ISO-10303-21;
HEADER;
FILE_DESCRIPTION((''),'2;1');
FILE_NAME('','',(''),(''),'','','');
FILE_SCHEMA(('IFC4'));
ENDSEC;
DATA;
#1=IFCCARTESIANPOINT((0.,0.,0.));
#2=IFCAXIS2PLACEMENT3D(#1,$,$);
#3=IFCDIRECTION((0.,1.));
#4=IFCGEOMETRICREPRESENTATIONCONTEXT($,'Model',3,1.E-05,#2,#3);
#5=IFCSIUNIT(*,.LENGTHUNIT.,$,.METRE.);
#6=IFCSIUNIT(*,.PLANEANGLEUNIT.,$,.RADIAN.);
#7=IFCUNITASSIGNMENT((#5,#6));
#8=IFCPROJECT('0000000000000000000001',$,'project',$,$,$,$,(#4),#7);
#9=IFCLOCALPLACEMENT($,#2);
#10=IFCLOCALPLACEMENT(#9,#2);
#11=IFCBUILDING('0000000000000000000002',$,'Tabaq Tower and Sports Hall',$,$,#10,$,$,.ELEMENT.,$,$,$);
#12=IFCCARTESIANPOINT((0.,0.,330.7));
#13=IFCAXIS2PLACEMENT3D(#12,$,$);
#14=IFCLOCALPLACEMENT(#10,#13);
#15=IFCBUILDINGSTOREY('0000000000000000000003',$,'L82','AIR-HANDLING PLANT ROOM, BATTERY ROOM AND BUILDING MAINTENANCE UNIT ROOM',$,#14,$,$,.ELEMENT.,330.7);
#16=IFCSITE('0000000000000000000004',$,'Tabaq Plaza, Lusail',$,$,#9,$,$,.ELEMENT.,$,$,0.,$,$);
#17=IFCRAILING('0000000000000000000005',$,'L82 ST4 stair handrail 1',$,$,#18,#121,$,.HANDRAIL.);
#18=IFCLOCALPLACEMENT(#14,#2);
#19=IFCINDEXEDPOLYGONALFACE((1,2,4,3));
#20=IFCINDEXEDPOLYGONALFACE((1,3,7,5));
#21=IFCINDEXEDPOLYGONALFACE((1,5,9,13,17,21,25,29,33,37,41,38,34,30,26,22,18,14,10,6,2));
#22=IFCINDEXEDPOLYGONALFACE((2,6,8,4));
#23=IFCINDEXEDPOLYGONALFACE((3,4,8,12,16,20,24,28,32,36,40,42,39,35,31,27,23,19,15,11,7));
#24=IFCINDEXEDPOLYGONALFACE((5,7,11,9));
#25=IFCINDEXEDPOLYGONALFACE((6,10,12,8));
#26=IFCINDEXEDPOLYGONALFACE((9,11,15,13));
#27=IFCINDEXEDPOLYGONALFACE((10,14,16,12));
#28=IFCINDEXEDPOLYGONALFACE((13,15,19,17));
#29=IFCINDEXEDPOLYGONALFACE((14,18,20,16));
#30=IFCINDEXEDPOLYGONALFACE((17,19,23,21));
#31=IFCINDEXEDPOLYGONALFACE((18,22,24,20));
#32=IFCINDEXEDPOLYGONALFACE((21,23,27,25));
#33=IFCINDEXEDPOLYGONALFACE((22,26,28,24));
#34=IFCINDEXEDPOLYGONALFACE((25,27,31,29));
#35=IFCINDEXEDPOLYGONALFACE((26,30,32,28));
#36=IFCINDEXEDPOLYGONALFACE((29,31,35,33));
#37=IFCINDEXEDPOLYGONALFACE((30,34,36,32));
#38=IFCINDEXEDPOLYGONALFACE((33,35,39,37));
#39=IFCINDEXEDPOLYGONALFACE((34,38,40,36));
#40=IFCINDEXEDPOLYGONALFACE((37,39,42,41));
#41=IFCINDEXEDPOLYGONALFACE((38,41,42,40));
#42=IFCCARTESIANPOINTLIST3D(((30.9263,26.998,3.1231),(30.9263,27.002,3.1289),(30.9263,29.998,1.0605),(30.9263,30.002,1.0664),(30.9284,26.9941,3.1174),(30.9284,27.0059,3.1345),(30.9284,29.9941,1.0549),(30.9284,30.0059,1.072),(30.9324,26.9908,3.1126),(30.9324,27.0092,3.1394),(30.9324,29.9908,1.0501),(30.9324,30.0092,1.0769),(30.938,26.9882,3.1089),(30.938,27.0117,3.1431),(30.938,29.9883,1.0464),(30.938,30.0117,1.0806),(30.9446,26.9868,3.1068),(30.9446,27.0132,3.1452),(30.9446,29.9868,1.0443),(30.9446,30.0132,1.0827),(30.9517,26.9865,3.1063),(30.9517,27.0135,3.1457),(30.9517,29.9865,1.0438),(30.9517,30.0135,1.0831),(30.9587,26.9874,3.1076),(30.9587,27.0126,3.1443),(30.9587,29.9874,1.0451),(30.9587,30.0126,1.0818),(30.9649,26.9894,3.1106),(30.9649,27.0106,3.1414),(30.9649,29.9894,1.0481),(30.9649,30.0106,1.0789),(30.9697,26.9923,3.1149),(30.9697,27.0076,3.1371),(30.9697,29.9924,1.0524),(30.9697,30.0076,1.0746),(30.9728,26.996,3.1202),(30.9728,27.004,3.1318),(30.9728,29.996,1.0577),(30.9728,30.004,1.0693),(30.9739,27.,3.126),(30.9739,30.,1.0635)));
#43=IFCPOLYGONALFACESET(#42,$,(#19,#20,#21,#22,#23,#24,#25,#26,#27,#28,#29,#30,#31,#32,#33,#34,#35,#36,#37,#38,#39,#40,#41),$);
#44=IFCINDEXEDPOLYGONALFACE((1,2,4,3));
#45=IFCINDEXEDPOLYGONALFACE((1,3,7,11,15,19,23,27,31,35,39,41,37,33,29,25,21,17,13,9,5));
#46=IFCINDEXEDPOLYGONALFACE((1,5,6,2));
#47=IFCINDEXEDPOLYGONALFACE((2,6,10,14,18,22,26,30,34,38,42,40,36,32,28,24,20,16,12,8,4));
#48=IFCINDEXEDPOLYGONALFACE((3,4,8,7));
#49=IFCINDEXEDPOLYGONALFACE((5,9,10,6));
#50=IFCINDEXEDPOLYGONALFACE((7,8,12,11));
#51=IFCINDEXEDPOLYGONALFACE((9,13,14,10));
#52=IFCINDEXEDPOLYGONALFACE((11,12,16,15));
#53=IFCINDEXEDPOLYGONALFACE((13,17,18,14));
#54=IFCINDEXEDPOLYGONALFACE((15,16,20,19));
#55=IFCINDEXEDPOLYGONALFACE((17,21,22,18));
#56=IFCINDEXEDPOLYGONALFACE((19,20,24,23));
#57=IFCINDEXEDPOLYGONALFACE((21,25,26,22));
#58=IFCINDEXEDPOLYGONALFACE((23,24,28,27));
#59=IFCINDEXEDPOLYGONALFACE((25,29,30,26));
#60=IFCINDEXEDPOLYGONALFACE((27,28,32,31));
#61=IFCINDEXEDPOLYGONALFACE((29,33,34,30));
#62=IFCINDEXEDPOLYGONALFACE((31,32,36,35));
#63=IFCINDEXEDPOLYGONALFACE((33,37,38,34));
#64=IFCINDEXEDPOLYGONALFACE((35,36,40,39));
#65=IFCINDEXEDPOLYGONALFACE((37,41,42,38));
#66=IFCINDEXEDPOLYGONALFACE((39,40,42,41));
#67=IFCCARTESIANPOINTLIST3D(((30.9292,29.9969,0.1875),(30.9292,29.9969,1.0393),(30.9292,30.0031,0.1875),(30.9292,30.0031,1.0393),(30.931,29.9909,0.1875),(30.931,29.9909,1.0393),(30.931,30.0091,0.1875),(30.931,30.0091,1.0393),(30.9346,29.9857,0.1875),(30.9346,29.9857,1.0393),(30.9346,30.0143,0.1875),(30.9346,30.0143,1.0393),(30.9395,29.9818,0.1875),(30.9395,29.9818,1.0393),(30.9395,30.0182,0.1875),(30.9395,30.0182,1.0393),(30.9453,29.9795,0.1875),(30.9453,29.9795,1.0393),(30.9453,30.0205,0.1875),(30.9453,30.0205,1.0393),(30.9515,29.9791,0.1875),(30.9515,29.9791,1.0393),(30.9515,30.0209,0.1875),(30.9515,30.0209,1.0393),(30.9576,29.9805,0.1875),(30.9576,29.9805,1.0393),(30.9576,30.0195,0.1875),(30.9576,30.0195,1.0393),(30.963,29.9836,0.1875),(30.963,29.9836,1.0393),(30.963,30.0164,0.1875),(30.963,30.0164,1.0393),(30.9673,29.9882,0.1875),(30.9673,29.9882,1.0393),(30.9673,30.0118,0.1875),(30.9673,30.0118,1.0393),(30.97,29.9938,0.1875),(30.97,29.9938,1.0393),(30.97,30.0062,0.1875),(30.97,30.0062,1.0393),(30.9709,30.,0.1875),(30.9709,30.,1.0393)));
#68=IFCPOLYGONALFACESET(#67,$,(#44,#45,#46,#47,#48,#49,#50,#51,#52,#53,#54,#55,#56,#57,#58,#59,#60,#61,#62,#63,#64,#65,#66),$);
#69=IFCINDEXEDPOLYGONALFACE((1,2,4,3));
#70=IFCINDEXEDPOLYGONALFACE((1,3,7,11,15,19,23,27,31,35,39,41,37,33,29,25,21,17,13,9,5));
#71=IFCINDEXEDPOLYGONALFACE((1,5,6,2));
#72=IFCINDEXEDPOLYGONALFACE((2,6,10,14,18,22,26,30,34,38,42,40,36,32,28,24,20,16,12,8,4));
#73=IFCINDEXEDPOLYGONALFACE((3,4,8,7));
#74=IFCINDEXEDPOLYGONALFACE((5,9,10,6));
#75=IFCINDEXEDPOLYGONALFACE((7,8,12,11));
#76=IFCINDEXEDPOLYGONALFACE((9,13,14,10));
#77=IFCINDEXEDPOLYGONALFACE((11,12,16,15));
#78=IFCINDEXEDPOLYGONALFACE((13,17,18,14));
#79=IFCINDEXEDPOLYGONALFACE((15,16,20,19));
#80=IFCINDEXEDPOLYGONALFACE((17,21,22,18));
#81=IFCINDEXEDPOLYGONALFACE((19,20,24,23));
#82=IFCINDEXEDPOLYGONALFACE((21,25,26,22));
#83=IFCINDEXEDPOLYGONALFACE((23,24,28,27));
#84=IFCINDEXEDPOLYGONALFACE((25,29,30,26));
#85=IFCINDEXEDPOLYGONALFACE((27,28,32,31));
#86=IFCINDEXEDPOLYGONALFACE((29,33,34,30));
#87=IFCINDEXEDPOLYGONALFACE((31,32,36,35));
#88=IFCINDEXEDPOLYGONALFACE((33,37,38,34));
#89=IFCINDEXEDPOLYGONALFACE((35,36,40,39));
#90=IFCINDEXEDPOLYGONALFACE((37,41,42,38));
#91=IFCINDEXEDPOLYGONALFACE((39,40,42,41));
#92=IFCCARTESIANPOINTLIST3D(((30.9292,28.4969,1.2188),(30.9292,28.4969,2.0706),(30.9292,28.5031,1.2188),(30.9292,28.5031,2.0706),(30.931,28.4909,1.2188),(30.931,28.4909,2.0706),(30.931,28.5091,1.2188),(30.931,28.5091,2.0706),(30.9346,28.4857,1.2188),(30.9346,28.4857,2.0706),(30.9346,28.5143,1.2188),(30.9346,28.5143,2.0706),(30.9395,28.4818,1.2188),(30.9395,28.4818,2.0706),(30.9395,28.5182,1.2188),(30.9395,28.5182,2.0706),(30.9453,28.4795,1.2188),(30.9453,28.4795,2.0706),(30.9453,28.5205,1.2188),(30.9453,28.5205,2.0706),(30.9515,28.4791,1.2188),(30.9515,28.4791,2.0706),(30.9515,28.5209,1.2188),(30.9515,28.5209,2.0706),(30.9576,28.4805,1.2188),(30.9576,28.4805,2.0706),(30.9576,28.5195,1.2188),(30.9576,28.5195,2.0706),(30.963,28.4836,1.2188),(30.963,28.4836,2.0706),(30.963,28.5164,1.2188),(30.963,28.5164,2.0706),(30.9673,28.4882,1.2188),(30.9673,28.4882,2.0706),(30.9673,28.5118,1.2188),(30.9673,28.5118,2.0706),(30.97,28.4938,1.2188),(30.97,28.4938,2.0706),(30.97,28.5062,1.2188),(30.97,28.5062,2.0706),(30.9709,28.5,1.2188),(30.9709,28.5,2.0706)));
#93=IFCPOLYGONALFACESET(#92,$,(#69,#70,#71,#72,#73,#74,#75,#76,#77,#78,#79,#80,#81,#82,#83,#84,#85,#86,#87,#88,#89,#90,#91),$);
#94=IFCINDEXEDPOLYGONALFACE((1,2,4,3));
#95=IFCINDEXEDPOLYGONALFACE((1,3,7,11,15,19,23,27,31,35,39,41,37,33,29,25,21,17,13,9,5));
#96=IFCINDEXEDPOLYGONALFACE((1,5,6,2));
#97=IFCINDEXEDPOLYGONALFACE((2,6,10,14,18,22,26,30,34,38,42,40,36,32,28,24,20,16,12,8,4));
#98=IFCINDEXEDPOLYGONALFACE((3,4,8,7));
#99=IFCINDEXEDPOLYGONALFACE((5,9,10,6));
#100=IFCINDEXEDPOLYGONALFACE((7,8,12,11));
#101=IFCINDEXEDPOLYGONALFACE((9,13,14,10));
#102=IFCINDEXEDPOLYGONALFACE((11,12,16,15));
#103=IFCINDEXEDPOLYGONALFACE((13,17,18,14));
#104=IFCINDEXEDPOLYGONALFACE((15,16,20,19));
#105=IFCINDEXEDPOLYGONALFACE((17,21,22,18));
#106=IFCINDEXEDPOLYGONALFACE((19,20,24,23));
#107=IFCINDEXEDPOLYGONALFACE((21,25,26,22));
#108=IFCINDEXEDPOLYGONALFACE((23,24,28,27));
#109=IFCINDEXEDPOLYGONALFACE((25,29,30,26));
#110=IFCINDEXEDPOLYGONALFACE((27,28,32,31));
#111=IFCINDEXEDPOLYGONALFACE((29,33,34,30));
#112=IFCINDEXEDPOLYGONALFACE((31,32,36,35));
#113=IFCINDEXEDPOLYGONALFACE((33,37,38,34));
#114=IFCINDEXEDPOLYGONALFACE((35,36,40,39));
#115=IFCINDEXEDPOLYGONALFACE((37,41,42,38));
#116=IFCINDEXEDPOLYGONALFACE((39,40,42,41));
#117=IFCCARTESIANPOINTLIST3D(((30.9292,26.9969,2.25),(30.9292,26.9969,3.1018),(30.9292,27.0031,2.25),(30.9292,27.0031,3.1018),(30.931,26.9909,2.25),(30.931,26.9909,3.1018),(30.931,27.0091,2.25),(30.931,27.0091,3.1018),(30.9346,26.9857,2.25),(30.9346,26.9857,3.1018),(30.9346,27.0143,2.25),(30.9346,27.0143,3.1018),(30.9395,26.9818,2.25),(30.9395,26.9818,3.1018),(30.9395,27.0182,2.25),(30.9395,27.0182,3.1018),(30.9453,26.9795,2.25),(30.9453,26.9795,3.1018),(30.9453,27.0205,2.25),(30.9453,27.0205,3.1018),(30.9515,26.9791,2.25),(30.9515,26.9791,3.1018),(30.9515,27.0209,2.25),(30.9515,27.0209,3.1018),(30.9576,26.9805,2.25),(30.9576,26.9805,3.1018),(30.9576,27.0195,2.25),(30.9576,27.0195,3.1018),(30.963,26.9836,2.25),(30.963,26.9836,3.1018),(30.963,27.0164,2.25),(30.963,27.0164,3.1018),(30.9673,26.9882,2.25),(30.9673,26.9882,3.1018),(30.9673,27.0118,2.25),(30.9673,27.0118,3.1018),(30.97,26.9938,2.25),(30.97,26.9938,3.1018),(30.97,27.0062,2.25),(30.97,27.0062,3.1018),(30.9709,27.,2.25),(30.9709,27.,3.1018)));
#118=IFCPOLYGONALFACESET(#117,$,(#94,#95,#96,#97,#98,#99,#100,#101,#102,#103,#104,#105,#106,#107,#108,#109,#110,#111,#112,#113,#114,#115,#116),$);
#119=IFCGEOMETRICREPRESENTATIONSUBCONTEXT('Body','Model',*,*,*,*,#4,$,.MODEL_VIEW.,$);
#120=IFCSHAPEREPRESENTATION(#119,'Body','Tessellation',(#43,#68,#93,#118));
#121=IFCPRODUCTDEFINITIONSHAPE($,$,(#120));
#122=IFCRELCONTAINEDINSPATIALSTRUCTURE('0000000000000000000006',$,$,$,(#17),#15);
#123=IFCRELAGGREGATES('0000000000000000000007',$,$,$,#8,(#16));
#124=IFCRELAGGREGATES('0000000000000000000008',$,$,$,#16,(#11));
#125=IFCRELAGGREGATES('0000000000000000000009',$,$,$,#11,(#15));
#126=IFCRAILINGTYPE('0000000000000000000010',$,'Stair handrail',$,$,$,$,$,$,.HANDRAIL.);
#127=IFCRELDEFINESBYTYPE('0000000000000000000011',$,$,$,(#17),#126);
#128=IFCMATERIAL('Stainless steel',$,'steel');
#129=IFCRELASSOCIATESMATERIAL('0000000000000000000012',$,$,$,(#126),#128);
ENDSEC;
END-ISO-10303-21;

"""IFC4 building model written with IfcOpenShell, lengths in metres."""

from ifc_helpers import new_model, si_unit, direction, frame, origin, origin_2d, place, context, subcontext, project, spatial, circle, extrude, material, type_object, element, save


model = new_model("IFC4")

# Units and contexts
model_context = context("Model", 3, precision=1e-05, world=origin(), true_north=direction((0.0, 1.0)))
body_context = subcontext(model_context, "Body", "Model", "MODEL_VIEW")
ifc_project = project(units=[si_unit("LENGTHUNIT", "METRE"), si_unit("PLANEANGLEUNIT", "RADIAN")], contexts=[model_context])

# Site, building, storey
site_placement = place(None, origin())
site = spatial("IfcSite", under=ifc_project, at=site_placement, Name="Tabaq Plaza, Lusail", CompositionType="ELEMENT", RefElevation=0.0)
building_placement = place(site_placement, origin())
building = spatial("IfcBuilding", under=site, at=building_placement, Name="Tabaq Tower and Sports Hall", CompositionType="ELEMENT")
storey_placement = place(building_placement, frame((0.0, 0.0, 330.7)))
storey = spatial("IfcBuildingStorey", under=building, at=storey_placement, Name="L82", Description="AIR-HANDLING PLANT ROOM, BATTERY ROOM AND BUILDING MAINTENANCE UNIT ROOM", CompositionType="ELEMENT", Elevation=330.7)

# Railing
ifc_material_1 = material(Name="Stainless steel", Category="steel")
railing_type_1 = type_object("IfcRailingType", Name="Stair handrail", PredefinedType="HANDRAIL", material=ifc_material_1)
railing_1_placement = place(storey_placement, frame((30.95, 30.0, 0.1875)))
element("IfcRailing", 1, at=railing_1_placement, inside=storey, type_object=railing_type_1, Name="L82 ST4 stair handrail 1", PredefinedType="HANDRAIL", context=body_context, shape_type="SweptSolid", body=[
    extrude(circle(Radius=0.0239, at=origin_2d()), frame((0.0, 0.0, 0.876), z_axis=(0.0, -0.824042, 0.566529), x_axis=(1.0, 0.0, 0.0)), (0.0, 0.0, 1.0), 3.6406),
    extrude(circle(Radius=0.021, at=origin_2d()), origin(), (0.0, 0.0, 1.0), 0.8518),
    extrude(circle(Radius=0.021, at=origin_2d()), frame((0.0, -1.5, 1.0312)), (0.0, 0.0, 1.0), 0.8518),
    extrude(circle(Radius=0.021, at=origin_2d()), frame((0.0, -3.0, 2.0625)), (0.0, 0.0, 1.0), 0.8518),
])

save(model, "model.ifc")
